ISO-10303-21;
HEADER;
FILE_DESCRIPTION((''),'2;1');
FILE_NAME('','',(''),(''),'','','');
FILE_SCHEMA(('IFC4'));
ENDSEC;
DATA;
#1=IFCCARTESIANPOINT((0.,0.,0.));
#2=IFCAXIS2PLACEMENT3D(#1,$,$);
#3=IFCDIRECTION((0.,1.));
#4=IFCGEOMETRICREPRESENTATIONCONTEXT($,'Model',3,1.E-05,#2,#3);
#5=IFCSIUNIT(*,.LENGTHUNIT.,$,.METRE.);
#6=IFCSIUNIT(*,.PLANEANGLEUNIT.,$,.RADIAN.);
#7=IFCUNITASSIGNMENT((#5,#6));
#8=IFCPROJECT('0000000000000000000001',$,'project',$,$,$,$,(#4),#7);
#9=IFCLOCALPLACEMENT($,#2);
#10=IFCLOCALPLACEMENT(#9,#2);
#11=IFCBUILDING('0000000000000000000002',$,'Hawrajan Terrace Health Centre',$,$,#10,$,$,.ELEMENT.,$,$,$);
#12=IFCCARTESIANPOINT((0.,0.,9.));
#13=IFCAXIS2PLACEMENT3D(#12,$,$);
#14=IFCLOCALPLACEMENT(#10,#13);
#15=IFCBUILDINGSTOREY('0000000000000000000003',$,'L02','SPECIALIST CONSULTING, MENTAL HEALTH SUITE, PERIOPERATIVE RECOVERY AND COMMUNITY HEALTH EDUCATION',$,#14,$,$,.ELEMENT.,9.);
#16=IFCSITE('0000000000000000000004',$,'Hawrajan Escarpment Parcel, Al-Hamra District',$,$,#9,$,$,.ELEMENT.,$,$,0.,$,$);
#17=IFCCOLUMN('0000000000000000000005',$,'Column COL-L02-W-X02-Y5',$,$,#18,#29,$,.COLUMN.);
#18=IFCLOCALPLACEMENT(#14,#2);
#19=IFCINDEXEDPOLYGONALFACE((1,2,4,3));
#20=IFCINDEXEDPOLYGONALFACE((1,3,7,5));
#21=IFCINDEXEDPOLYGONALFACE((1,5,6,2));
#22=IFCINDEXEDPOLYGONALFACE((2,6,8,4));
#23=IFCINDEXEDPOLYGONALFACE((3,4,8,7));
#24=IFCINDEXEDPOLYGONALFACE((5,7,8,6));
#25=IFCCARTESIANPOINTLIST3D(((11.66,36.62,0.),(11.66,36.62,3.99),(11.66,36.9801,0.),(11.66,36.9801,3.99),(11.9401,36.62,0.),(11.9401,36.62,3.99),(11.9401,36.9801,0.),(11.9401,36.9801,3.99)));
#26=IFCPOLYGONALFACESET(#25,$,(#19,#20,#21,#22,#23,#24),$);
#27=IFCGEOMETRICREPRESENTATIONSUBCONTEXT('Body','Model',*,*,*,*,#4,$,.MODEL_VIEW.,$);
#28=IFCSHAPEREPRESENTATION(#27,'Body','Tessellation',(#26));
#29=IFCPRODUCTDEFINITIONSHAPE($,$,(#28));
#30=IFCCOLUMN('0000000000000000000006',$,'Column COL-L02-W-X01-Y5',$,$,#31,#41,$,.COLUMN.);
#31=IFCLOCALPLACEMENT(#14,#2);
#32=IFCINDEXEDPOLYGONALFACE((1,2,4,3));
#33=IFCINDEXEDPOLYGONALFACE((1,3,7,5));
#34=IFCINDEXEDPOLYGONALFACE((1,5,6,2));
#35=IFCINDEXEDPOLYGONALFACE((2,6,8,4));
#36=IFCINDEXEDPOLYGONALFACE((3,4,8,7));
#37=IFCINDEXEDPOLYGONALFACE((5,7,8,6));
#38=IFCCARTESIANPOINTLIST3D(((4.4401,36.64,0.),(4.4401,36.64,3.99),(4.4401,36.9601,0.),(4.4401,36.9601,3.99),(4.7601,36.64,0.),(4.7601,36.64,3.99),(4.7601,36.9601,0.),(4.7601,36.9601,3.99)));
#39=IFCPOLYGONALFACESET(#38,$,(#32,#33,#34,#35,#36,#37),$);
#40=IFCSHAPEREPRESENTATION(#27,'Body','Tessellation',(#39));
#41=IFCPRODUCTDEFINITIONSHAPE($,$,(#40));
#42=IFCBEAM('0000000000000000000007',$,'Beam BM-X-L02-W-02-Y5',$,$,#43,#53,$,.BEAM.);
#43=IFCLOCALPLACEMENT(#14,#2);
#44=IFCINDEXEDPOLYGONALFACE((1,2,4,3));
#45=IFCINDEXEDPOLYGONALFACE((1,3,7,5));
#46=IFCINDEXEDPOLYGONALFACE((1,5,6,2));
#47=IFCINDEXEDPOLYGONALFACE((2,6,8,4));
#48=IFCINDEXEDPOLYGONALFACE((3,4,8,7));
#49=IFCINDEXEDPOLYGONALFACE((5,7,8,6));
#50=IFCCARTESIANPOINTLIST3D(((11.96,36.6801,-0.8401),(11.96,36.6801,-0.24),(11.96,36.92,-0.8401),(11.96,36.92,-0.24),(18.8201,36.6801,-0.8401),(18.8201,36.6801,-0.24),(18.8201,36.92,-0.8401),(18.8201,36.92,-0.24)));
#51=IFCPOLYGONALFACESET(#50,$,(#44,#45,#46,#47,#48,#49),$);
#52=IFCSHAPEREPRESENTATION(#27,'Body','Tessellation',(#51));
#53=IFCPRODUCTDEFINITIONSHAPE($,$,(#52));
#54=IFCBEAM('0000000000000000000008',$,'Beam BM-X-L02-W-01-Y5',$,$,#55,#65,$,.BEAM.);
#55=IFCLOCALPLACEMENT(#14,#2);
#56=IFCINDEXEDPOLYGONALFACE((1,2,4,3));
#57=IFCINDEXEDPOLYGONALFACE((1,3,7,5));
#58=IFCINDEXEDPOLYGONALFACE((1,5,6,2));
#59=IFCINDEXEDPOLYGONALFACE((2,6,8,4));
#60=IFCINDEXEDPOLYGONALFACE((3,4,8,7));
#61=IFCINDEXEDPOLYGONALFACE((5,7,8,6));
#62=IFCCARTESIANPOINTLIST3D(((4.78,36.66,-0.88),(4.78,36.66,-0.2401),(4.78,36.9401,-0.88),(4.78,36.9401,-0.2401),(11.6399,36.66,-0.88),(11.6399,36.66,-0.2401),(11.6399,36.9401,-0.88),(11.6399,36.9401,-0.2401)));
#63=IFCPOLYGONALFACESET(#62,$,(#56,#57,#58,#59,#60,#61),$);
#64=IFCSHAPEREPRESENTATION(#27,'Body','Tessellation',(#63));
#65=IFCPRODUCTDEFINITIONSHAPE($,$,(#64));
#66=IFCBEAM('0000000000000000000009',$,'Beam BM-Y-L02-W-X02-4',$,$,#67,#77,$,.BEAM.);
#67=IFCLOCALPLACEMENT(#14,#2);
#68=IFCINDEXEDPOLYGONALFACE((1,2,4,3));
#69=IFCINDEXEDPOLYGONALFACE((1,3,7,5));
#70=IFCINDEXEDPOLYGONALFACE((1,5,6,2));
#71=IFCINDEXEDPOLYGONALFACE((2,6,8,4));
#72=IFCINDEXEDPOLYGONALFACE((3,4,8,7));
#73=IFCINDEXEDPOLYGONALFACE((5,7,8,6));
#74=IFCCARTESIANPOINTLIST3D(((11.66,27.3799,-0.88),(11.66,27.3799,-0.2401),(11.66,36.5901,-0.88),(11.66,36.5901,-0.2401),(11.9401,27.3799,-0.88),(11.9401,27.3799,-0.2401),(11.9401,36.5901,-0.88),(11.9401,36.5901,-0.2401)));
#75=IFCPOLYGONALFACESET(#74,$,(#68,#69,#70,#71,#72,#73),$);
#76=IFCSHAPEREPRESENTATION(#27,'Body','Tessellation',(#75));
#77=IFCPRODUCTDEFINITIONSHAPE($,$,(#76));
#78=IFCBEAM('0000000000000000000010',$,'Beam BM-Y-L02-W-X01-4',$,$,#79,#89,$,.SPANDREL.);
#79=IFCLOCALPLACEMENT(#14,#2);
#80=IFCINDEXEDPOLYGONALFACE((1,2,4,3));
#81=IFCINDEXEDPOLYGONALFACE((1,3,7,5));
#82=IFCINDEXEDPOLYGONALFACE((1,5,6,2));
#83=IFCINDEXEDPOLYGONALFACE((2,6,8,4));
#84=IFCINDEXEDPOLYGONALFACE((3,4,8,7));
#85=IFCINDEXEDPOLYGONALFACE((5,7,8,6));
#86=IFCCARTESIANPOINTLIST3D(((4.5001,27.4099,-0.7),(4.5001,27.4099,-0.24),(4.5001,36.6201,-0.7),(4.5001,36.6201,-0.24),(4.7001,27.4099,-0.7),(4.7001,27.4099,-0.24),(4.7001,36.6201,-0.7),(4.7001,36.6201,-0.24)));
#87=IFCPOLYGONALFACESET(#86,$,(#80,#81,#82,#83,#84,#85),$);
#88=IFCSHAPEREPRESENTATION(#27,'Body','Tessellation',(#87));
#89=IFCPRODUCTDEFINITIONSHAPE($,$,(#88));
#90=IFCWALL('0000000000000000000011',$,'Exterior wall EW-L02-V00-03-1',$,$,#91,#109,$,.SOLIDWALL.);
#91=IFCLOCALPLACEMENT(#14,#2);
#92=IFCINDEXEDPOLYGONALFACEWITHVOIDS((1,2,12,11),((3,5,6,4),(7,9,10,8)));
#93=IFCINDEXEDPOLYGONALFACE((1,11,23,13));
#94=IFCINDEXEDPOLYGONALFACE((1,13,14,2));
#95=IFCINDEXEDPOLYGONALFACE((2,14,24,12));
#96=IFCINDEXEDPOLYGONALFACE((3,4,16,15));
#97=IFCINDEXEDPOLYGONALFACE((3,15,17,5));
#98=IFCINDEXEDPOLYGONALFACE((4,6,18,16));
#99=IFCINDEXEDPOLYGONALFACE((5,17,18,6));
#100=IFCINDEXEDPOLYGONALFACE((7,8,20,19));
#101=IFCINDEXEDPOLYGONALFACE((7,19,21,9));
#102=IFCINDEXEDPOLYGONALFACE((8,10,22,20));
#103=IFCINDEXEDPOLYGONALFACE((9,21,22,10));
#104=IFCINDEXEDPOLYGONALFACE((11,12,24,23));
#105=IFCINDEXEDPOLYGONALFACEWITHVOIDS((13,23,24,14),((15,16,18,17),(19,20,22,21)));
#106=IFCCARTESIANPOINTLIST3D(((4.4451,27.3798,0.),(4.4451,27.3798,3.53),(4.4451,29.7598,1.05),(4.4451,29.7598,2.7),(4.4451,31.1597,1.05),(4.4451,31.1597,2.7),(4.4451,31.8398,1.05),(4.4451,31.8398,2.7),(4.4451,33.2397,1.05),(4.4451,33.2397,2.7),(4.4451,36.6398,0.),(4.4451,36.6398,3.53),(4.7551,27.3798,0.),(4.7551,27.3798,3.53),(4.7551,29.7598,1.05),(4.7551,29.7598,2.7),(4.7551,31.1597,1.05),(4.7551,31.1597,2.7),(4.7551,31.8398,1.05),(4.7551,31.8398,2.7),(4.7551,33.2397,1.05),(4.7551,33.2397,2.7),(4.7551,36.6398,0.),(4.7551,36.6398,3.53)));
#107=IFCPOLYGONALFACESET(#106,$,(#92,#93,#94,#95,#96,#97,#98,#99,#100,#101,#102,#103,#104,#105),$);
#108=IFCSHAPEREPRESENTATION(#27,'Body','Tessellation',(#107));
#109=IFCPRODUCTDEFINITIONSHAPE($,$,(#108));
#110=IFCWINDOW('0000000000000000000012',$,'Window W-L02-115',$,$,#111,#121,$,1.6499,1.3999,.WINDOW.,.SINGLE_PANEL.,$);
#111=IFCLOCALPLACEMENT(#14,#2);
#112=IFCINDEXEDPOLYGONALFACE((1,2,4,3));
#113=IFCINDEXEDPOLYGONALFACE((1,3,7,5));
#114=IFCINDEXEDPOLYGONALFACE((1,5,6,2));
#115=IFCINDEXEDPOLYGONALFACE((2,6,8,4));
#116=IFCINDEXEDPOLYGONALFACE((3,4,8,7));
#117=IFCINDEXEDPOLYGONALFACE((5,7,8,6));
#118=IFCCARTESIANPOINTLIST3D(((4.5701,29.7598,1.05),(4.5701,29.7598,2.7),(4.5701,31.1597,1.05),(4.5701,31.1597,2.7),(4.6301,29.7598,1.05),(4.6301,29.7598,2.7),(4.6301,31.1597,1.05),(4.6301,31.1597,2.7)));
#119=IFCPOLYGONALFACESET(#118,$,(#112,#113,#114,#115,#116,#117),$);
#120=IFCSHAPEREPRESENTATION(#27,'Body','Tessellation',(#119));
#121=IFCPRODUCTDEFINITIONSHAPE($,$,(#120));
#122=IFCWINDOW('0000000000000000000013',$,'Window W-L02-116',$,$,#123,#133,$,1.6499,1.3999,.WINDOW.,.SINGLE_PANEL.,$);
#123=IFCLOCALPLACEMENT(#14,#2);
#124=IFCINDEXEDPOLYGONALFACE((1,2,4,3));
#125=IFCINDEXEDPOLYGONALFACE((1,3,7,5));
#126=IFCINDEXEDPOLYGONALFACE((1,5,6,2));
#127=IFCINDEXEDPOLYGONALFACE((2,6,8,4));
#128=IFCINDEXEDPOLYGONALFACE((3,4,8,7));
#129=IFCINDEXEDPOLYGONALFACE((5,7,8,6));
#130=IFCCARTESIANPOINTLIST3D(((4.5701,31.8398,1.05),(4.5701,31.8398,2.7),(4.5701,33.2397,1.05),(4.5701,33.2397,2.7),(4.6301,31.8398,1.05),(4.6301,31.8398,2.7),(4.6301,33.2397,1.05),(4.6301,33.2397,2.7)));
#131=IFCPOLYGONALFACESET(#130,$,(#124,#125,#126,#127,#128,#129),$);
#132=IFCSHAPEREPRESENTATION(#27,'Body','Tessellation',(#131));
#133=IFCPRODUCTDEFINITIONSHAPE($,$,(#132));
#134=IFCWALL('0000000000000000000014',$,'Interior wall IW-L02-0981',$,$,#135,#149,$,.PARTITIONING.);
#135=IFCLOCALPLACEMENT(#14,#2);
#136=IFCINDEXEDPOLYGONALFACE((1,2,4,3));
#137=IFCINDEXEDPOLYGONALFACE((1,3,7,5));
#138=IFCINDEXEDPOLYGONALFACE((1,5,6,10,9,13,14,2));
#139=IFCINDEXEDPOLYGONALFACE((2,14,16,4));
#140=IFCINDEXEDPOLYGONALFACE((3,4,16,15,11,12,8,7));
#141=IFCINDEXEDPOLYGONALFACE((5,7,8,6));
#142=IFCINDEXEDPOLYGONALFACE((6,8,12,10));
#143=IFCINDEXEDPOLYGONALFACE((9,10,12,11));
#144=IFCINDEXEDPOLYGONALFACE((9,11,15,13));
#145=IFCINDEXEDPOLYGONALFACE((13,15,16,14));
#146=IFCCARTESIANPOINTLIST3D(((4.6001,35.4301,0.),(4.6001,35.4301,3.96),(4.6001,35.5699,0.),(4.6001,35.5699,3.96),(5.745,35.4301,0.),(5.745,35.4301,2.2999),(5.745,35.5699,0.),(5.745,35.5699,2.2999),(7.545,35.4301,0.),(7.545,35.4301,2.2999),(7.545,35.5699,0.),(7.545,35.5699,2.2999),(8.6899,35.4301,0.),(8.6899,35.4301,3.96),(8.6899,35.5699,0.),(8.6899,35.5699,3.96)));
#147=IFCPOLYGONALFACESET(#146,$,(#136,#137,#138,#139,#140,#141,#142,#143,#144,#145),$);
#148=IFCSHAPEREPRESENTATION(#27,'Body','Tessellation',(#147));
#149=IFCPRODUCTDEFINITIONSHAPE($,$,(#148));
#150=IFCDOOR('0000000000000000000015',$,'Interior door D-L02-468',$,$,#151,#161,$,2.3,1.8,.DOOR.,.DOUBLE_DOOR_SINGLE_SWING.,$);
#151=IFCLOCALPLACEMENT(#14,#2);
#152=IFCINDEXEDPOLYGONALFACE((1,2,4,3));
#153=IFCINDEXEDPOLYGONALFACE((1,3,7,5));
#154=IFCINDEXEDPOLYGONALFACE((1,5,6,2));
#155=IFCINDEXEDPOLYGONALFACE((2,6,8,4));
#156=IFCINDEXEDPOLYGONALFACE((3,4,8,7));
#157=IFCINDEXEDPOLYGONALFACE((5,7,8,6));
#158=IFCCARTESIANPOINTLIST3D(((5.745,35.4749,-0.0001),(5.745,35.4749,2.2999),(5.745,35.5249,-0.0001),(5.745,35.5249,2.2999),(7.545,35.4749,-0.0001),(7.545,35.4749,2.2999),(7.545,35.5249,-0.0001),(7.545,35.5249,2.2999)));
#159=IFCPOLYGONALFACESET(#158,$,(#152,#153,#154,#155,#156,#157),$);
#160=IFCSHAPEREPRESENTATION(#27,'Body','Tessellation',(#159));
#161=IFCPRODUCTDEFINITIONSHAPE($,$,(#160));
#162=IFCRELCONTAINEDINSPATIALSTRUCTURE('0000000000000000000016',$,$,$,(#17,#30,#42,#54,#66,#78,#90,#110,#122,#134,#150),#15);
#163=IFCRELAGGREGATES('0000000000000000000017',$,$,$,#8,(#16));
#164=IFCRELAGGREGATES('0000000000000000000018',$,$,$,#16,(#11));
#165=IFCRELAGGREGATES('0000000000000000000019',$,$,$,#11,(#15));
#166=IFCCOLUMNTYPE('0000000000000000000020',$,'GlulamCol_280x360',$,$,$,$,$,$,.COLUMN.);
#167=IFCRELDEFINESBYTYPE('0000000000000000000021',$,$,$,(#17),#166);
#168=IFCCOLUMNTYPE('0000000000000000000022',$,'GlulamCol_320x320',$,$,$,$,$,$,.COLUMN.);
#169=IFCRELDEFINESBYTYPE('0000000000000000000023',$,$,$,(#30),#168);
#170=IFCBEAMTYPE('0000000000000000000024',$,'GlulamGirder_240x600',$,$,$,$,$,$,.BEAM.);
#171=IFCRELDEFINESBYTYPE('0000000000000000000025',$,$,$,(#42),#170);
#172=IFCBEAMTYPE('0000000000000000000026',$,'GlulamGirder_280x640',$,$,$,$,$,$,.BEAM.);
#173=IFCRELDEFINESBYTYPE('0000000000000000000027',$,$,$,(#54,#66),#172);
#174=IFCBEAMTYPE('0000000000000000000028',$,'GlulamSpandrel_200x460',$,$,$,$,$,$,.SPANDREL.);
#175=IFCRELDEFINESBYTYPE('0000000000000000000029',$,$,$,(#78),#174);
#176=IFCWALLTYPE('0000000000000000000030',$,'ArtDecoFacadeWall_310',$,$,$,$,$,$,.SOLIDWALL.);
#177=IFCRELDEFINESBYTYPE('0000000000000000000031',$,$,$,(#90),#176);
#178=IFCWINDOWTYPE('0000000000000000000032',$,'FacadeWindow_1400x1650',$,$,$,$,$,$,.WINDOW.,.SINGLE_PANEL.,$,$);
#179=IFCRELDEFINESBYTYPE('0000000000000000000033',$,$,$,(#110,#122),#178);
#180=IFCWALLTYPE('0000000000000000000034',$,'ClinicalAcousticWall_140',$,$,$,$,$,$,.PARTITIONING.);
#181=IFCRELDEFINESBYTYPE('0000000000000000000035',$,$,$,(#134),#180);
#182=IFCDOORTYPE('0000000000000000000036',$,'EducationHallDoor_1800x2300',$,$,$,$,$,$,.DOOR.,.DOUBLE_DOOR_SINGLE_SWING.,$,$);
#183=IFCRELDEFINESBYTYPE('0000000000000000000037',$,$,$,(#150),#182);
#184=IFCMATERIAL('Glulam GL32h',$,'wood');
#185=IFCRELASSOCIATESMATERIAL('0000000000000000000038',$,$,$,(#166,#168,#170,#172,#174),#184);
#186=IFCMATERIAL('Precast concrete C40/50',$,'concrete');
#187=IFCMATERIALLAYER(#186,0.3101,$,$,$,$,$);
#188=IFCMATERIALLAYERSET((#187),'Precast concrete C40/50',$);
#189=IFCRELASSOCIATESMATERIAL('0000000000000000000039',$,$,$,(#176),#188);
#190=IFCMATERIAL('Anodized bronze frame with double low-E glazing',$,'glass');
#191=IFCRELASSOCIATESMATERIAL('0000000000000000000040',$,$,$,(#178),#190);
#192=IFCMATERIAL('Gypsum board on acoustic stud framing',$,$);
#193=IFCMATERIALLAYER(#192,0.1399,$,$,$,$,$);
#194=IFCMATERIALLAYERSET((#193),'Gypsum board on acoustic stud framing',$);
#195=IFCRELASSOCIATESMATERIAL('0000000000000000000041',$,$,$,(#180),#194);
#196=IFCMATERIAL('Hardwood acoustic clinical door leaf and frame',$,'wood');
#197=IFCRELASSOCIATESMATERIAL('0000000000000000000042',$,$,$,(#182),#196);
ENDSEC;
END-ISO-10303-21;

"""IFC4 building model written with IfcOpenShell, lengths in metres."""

from ifc_helpers import new_model, si_unit, direction, frame, frame_2d, origin, origin_2d, place, context, subcontext, project, spatial, rectangle, extrude, material, layer, layer_set, material_profile, profile_set, type_object, element, fill, save


model = new_model("IFC4")

# Units and contexts
model_context = context("Model", 3, precision=1e-05, world=origin(), true_north=direction((0.0, 1.0)))
body_context = subcontext(model_context, "Body", "Model", "MODEL_VIEW")
ifc_project = project(units=[si_unit("LENGTHUNIT", "METRE"), si_unit("PLANEANGLEUNIT", "RADIAN")], contexts=[model_context])

# Site, building, storey
site_placement = place(None, origin())
site = spatial("IfcSite", under=ifc_project, at=site_placement, Name="Hawrajan Escarpment Parcel, Al-Hamra District", CompositionType="ELEMENT", RefElevation=0.0)
building_placement = place(site_placement, origin())
building = spatial("IfcBuilding", under=site, at=building_placement, Name="Hawrajan Terrace Health Centre", CompositionType="ELEMENT")
storey_placement = place(building_placement, frame((0.0, 0.0, 9.0)))
storey = spatial("IfcBuildingStorey", under=building, at=storey_placement, Name="L02", Description="SPECIALIST CONSULTING, MENTAL HEALTH SUITE, PERIOPERATIVE RECOVERY AND COMMUNITY HEALTH EDUCATION", CompositionType="ELEMENT", Elevation=9.0)

# Columns
ifc_material_1 = material(Name="Glulam GL32h", Category="wood")
ifc_material_profile_1 = material_profile(ifc_material_1, rectangle(XDim=0.28, YDim=0.3601, at=origin_2d()), Name="GL 280x360")
ifc_profile_set_1 = profile_set([ifc_material_profile_1], Name="Glulam GL32h")
column_type_1 = type_object("IfcColumnType", Name="GlulamCol_280x360", PredefinedType="COLUMN", material=ifc_profile_set_1)
column_1_placement = place(storey_placement, frame((11.8, 36.8, 0.0), z_axis=(0.0, 0.0, 1.0), x_axis=(1.0, 0.0, 0.0)))
element("IfcColumn", 1, at=column_1_placement, inside=storey, type_object=column_type_1, Name="Column COL-L02-W-X02-Y5", PredefinedType="COLUMN", context=body_context, shape_type="SweptSolid", body=[
    extrude(rectangle(XDim=0.28, YDim=0.3601, at=origin_2d()), origin(), (0.0, 0.0, 1.0), 3.99),
])
ifc_material_profile_2 = material_profile(ifc_material_1, rectangle(XDim=0.3201, YDim=0.3201, at=origin_2d()), Name="GL 320x320")
ifc_profile_set_2 = profile_set([ifc_material_profile_2], Name="Glulam GL32h")
column_type_2 = type_object("IfcColumnType", Name="GlulamCol_320x320", PredefinedType="COLUMN", material=ifc_profile_set_2)
column_2_placement = place(storey_placement, frame((4.6001, 36.8, 0.0), z_axis=(0.0, 0.0, 1.0), x_axis=(1.0, 0.0, 0.0)))
element("IfcColumn", 2, at=column_2_placement, inside=storey, type_object=column_type_2, Name="Column COL-L02-W-X01-Y5", PredefinedType="COLUMN", context=body_context, shape_type="SweptSolid", body=[
    extrude(rectangle(XDim=0.3201, YDim=0.3201, at=origin_2d()), origin(), (0.0, 0.0, 1.0), 3.99),
])

# Beams
ifc_material_profile_3 = material_profile(ifc_material_1, rectangle(XDim=0.24, YDim=0.6001, at=origin_2d()), Name="GL BM 240x600")
ifc_profile_set_3 = profile_set([ifc_material_profile_3], Name="Glulam GL32h")
beam_type_1 = type_object("IfcBeamType", Name="GlulamGirder_240x600", PredefinedType="BEAM", material=ifc_profile_set_3)
beam_1_placement = place(storey_placement, frame((11.96, 36.8, -0.54), z_axis=(1.0, 0.0, 0.0), x_axis=(0.0, 1.0, 0.0)))
element("IfcBeam", 3, at=beam_1_placement, inside=storey, type_object=beam_type_1, Name="Beam BM-X-L02-W-02-Y5", PredefinedType="BEAM", context=body_context, shape_type="SweptSolid", body=[
    extrude(rectangle(XDim=0.24, YDim=0.6001, at=origin_2d()), origin(), (0.0, 0.0, 1.0), 6.8601),
])
ifc_material_profile_4 = material_profile(ifc_material_1, rectangle(XDim=0.28, YDim=0.6399, at=origin_2d()), Name="GL BM 280x640")
ifc_profile_set_4 = profile_set([ifc_material_profile_4], Name="Glulam GL32h")
beam_type_2 = type_object("IfcBeamType", Name="GlulamGirder_280x640", PredefinedType="BEAM", material=ifc_profile_set_4)
beam_2_placement = place(storey_placement, frame((4.78, 36.8, -0.5601), z_axis=(1.0, 0.0, 0.0), x_axis=(0.0, 1.0, 0.0)))
element("IfcBeam", 4, at=beam_2_placement, inside=storey, type_object=beam_type_2, Name="Beam BM-X-L02-W-01-Y5", PredefinedType="BEAM", context=body_context, shape_type="SweptSolid", body=[
    extrude(rectangle(XDim=0.28, YDim=0.6399, at=origin_2d()), origin(), (0.0, 0.0, 1.0), 6.8599),
])
beam_3_placement = place(storey_placement, frame((11.8, 27.3799, -0.5601), z_axis=(0.0, 1.0, 0.0), x_axis=(-1.0, 0.0, 0.0)))
element("IfcBeam", 5, at=beam_3_placement, inside=storey, type_object=beam_type_2, Name="Beam BM-Y-L02-W-X02-4", PredefinedType="BEAM", context=body_context, shape_type="SweptSolid", body=[
    extrude(rectangle(XDim=0.28, YDim=0.6399, at=origin_2d()), origin(), (0.0, 0.0, 1.0), 9.2102),
])
ifc_material_profile_5 = material_profile(ifc_material_1, rectangle(XDim=0.2, YDim=0.46, at=origin_2d()), Name="GL SP 200x460")
ifc_profile_set_5 = profile_set([ifc_material_profile_5], Name="Glulam GL32h")
beam_type_3 = type_object("IfcBeamType", Name="GlulamSpandrel_200x460", PredefinedType="SPANDREL", material=ifc_profile_set_5)
beam_4_placement = place(storey_placement, frame((4.6001, 27.4099, -0.47), z_axis=(0.0, 1.0, 0.0), x_axis=(-1.0, 0.0, 0.0)))
element("IfcBeam", 6, at=beam_4_placement, inside=storey, type_object=beam_type_3, Name="Beam BM-Y-L02-W-X01-4", PredefinedType="SPANDREL", context=body_context, shape_type="SweptSolid", body=[
    extrude(rectangle(XDim=0.2, YDim=0.46, at=origin_2d()), origin(), (0.0, 0.0, 1.0), 9.2102),
])

# Wall, openings, windows
ifc_material_2 = material(Name="Precast concrete C40/50", Category="concrete")
ifc_layer_1 = layer(ifc_material_2, 0.3101)
ifc_layer_set_1 = layer_set([ifc_layer_1], Name="Precast concrete C40/50")
wall_type_1 = type_object("IfcWallType", Name="ArtDecoFacadeWall_310", PredefinedType="SOLIDWALL", material=ifc_layer_set_1)
wall_1_placement = place(storey_placement, frame((4.6001, 27.3799, 0.0), z_axis=(0.0, 0.0, 1.0), x_axis=(0.0, 1.0, 0.0)))
wall_1 = element("IfcWall", 7, at=wall_1_placement, inside=storey, type_object=wall_type_1, Name="Exterior wall EW-L02-V00-03-1", PredefinedType="SOLIDWALL", context=body_context, shape_type="SweptSolid", body=[
    extrude(rectangle(XDim=9.26, YDim=0.3101, at=frame_2d((4.6299, 0.0))), origin(), (0.0, 0.0, 1.0), 3.53),
])
opening_1_placement = place(wall_1_placement, frame((2.3799, 0.0, 1.05)))
opening_1 = element("IfcOpeningElement", 8, at=opening_1_placement, cuts=wall_1, PredefinedType="OPENING", context=body_context, shape_type="SweptSolid", body=[
    extrude(rectangle(XDim=1.3999, YDim=1.6499, at=frame_2d((0.7, 0.825))), frame((0.0, 0.165, 0.0), z_axis=(0.0, -1.0, 0.0), x_axis=(1.0, 0.0, 0.0)), (0.0, 0.0, 1.0), 0.3301),
])
opening_2_placement = place(wall_1_placement, frame((4.46, 0.0, 1.05)))
opening_2 = element("IfcOpeningElement", 9, at=opening_2_placement, cuts=wall_1, PredefinedType="OPENING", context=body_context, shape_type="SweptSolid", body=[
    extrude(rectangle(XDim=1.3999, YDim=1.6499, at=frame_2d((0.7, 0.825))), frame((0.0, 0.165, 0.0), z_axis=(0.0, -1.0, 0.0), x_axis=(1.0, 0.0, 0.0)), (0.0, 0.0, 1.0), 0.3301),
])
ifc_material_3 = material(Name="Anodized bronze frame with double low-E glazing", Category="glass")
window_type = type_object("IfcWindowType", Name="FacadeWindow_1400x1650", PartitioningType="SINGLE_PANEL", PredefinedType="WINDOW", material=ifc_material_3)
window_1_placement = place(opening_1_placement, origin())
window_1 = element("IfcWindow", 10, at=window_1_placement, inside=storey, type_object=window_type, Name="Window W-L02-115", OverallHeight=1.6499, OverallWidth=1.3999, PartitioningType="SINGLE_PANEL", PredefinedType="WINDOW", context=body_context, shape_type="SweptSolid", body=[
    extrude(rectangle(XDim=1.3999, YDim=1.6499, at=frame_2d((0.7, 0.825))), frame((0.0, 0.03, 0.0), z_axis=(0.0, -1.0, 0.0), x_axis=(1.0, 0.0, 0.0)), (0.0, 0.0, 1.0), 0.0601),
])
fill(opening_1, window_1)
window_2_placement = place(opening_2_placement, origin())
window_2 = element("IfcWindow", 11, at=window_2_placement, inside=storey, type_object=window_type, Name="Window W-L02-116", OverallHeight=1.6499, OverallWidth=1.3999, PartitioningType="SINGLE_PANEL", PredefinedType="WINDOW", context=body_context, shape_type="SweptSolid", body=[
    extrude(rectangle(XDim=1.3999, YDim=1.6499, at=frame_2d((0.7, 0.825))), frame((0.0, 0.03, 0.0), z_axis=(0.0, -1.0, 0.0), x_axis=(1.0, 0.0, 0.0)), (0.0, 0.0, 1.0), 0.0601),
])
fill(opening_2, window_2)

# Wall, opening, door
ifc_material_4 = material(Name="Gypsum board on acoustic stud framing")
ifc_layer_2 = layer(ifc_material_4, 0.1399)
ifc_layer_set_2 = layer_set([ifc_layer_2], Name="Gypsum board on acoustic stud framing")
wall_type_2 = type_object("IfcWallType", Name="ClinicalAcousticWall_140", PredefinedType="PARTITIONING", material=ifc_layer_set_2)
wall_2_placement = place(storey_placement, frame((4.6001, 35.5, 0.0), z_axis=(0.0, 0.0, 1.0), x_axis=(1.0, 0.0, 0.0)))
wall_2 = element("IfcWall", 12, at=wall_2_placement, inside=storey, type_object=wall_type_2, Name="Interior wall IW-L02-0981", PredefinedType="PARTITIONING", context=body_context, shape_type="SweptSolid", body=[
    extrude(rectangle(XDim=4.0898, YDim=0.1399, at=frame_2d((2.0449, 0.0))), origin(), (0.0, 0.0, 1.0), 3.96),
])
opening_3_placement = place(wall_2_placement, frame((1.145, 0.0, 0.0)))
opening_3 = element("IfcOpeningElement", 13, at=opening_3_placement, cuts=wall_2, PredefinedType="OPENING", context=body_context, shape_type="SweptSolid", body=[
    extrude(rectangle(XDim=1.8, YDim=2.3, at=frame_2d((0.8999, 1.1499))), frame((0.0, 0.0798, 0.0), z_axis=(0.0, -1.0, 0.0), x_axis=(1.0, 0.0, 0.0)), (0.0, 0.0, 1.0), 0.1599),
])
ifc_material_5 = material(Name="Hardwood acoustic clinical door leaf and frame", Category="wood")
door_type_1 = type_object("IfcDoorType", Name="EducationHallDoor_1800x2300", OperationType="DOUBLE_DOOR_SINGLE_SWING", PredefinedType="DOOR", material=ifc_material_5)
door_1_placement = place(opening_3_placement, origin())
door_1 = element("IfcDoor", 14, at=door_1_placement, inside=storey, type_object=door_type_1, Name="Interior door D-L02-468", OperationType="DOUBLE_DOOR_SINGLE_SWING", OverallHeight=2.3, OverallWidth=1.8, PredefinedType="DOOR", context=body_context, shape_type="SweptSolid", body=[
    extrude(rectangle(XDim=1.8, YDim=2.3, at=frame_2d((0.8999, 1.1499))), frame((0.0, 0.0249, 0.0), z_axis=(0.0, -1.0, 0.0), x_axis=(1.0, 0.0, 0.0)), (0.0, 0.0, 1.0), 0.05),
])
fill(opening_3, door_1)

save(model, "model.ifc")
